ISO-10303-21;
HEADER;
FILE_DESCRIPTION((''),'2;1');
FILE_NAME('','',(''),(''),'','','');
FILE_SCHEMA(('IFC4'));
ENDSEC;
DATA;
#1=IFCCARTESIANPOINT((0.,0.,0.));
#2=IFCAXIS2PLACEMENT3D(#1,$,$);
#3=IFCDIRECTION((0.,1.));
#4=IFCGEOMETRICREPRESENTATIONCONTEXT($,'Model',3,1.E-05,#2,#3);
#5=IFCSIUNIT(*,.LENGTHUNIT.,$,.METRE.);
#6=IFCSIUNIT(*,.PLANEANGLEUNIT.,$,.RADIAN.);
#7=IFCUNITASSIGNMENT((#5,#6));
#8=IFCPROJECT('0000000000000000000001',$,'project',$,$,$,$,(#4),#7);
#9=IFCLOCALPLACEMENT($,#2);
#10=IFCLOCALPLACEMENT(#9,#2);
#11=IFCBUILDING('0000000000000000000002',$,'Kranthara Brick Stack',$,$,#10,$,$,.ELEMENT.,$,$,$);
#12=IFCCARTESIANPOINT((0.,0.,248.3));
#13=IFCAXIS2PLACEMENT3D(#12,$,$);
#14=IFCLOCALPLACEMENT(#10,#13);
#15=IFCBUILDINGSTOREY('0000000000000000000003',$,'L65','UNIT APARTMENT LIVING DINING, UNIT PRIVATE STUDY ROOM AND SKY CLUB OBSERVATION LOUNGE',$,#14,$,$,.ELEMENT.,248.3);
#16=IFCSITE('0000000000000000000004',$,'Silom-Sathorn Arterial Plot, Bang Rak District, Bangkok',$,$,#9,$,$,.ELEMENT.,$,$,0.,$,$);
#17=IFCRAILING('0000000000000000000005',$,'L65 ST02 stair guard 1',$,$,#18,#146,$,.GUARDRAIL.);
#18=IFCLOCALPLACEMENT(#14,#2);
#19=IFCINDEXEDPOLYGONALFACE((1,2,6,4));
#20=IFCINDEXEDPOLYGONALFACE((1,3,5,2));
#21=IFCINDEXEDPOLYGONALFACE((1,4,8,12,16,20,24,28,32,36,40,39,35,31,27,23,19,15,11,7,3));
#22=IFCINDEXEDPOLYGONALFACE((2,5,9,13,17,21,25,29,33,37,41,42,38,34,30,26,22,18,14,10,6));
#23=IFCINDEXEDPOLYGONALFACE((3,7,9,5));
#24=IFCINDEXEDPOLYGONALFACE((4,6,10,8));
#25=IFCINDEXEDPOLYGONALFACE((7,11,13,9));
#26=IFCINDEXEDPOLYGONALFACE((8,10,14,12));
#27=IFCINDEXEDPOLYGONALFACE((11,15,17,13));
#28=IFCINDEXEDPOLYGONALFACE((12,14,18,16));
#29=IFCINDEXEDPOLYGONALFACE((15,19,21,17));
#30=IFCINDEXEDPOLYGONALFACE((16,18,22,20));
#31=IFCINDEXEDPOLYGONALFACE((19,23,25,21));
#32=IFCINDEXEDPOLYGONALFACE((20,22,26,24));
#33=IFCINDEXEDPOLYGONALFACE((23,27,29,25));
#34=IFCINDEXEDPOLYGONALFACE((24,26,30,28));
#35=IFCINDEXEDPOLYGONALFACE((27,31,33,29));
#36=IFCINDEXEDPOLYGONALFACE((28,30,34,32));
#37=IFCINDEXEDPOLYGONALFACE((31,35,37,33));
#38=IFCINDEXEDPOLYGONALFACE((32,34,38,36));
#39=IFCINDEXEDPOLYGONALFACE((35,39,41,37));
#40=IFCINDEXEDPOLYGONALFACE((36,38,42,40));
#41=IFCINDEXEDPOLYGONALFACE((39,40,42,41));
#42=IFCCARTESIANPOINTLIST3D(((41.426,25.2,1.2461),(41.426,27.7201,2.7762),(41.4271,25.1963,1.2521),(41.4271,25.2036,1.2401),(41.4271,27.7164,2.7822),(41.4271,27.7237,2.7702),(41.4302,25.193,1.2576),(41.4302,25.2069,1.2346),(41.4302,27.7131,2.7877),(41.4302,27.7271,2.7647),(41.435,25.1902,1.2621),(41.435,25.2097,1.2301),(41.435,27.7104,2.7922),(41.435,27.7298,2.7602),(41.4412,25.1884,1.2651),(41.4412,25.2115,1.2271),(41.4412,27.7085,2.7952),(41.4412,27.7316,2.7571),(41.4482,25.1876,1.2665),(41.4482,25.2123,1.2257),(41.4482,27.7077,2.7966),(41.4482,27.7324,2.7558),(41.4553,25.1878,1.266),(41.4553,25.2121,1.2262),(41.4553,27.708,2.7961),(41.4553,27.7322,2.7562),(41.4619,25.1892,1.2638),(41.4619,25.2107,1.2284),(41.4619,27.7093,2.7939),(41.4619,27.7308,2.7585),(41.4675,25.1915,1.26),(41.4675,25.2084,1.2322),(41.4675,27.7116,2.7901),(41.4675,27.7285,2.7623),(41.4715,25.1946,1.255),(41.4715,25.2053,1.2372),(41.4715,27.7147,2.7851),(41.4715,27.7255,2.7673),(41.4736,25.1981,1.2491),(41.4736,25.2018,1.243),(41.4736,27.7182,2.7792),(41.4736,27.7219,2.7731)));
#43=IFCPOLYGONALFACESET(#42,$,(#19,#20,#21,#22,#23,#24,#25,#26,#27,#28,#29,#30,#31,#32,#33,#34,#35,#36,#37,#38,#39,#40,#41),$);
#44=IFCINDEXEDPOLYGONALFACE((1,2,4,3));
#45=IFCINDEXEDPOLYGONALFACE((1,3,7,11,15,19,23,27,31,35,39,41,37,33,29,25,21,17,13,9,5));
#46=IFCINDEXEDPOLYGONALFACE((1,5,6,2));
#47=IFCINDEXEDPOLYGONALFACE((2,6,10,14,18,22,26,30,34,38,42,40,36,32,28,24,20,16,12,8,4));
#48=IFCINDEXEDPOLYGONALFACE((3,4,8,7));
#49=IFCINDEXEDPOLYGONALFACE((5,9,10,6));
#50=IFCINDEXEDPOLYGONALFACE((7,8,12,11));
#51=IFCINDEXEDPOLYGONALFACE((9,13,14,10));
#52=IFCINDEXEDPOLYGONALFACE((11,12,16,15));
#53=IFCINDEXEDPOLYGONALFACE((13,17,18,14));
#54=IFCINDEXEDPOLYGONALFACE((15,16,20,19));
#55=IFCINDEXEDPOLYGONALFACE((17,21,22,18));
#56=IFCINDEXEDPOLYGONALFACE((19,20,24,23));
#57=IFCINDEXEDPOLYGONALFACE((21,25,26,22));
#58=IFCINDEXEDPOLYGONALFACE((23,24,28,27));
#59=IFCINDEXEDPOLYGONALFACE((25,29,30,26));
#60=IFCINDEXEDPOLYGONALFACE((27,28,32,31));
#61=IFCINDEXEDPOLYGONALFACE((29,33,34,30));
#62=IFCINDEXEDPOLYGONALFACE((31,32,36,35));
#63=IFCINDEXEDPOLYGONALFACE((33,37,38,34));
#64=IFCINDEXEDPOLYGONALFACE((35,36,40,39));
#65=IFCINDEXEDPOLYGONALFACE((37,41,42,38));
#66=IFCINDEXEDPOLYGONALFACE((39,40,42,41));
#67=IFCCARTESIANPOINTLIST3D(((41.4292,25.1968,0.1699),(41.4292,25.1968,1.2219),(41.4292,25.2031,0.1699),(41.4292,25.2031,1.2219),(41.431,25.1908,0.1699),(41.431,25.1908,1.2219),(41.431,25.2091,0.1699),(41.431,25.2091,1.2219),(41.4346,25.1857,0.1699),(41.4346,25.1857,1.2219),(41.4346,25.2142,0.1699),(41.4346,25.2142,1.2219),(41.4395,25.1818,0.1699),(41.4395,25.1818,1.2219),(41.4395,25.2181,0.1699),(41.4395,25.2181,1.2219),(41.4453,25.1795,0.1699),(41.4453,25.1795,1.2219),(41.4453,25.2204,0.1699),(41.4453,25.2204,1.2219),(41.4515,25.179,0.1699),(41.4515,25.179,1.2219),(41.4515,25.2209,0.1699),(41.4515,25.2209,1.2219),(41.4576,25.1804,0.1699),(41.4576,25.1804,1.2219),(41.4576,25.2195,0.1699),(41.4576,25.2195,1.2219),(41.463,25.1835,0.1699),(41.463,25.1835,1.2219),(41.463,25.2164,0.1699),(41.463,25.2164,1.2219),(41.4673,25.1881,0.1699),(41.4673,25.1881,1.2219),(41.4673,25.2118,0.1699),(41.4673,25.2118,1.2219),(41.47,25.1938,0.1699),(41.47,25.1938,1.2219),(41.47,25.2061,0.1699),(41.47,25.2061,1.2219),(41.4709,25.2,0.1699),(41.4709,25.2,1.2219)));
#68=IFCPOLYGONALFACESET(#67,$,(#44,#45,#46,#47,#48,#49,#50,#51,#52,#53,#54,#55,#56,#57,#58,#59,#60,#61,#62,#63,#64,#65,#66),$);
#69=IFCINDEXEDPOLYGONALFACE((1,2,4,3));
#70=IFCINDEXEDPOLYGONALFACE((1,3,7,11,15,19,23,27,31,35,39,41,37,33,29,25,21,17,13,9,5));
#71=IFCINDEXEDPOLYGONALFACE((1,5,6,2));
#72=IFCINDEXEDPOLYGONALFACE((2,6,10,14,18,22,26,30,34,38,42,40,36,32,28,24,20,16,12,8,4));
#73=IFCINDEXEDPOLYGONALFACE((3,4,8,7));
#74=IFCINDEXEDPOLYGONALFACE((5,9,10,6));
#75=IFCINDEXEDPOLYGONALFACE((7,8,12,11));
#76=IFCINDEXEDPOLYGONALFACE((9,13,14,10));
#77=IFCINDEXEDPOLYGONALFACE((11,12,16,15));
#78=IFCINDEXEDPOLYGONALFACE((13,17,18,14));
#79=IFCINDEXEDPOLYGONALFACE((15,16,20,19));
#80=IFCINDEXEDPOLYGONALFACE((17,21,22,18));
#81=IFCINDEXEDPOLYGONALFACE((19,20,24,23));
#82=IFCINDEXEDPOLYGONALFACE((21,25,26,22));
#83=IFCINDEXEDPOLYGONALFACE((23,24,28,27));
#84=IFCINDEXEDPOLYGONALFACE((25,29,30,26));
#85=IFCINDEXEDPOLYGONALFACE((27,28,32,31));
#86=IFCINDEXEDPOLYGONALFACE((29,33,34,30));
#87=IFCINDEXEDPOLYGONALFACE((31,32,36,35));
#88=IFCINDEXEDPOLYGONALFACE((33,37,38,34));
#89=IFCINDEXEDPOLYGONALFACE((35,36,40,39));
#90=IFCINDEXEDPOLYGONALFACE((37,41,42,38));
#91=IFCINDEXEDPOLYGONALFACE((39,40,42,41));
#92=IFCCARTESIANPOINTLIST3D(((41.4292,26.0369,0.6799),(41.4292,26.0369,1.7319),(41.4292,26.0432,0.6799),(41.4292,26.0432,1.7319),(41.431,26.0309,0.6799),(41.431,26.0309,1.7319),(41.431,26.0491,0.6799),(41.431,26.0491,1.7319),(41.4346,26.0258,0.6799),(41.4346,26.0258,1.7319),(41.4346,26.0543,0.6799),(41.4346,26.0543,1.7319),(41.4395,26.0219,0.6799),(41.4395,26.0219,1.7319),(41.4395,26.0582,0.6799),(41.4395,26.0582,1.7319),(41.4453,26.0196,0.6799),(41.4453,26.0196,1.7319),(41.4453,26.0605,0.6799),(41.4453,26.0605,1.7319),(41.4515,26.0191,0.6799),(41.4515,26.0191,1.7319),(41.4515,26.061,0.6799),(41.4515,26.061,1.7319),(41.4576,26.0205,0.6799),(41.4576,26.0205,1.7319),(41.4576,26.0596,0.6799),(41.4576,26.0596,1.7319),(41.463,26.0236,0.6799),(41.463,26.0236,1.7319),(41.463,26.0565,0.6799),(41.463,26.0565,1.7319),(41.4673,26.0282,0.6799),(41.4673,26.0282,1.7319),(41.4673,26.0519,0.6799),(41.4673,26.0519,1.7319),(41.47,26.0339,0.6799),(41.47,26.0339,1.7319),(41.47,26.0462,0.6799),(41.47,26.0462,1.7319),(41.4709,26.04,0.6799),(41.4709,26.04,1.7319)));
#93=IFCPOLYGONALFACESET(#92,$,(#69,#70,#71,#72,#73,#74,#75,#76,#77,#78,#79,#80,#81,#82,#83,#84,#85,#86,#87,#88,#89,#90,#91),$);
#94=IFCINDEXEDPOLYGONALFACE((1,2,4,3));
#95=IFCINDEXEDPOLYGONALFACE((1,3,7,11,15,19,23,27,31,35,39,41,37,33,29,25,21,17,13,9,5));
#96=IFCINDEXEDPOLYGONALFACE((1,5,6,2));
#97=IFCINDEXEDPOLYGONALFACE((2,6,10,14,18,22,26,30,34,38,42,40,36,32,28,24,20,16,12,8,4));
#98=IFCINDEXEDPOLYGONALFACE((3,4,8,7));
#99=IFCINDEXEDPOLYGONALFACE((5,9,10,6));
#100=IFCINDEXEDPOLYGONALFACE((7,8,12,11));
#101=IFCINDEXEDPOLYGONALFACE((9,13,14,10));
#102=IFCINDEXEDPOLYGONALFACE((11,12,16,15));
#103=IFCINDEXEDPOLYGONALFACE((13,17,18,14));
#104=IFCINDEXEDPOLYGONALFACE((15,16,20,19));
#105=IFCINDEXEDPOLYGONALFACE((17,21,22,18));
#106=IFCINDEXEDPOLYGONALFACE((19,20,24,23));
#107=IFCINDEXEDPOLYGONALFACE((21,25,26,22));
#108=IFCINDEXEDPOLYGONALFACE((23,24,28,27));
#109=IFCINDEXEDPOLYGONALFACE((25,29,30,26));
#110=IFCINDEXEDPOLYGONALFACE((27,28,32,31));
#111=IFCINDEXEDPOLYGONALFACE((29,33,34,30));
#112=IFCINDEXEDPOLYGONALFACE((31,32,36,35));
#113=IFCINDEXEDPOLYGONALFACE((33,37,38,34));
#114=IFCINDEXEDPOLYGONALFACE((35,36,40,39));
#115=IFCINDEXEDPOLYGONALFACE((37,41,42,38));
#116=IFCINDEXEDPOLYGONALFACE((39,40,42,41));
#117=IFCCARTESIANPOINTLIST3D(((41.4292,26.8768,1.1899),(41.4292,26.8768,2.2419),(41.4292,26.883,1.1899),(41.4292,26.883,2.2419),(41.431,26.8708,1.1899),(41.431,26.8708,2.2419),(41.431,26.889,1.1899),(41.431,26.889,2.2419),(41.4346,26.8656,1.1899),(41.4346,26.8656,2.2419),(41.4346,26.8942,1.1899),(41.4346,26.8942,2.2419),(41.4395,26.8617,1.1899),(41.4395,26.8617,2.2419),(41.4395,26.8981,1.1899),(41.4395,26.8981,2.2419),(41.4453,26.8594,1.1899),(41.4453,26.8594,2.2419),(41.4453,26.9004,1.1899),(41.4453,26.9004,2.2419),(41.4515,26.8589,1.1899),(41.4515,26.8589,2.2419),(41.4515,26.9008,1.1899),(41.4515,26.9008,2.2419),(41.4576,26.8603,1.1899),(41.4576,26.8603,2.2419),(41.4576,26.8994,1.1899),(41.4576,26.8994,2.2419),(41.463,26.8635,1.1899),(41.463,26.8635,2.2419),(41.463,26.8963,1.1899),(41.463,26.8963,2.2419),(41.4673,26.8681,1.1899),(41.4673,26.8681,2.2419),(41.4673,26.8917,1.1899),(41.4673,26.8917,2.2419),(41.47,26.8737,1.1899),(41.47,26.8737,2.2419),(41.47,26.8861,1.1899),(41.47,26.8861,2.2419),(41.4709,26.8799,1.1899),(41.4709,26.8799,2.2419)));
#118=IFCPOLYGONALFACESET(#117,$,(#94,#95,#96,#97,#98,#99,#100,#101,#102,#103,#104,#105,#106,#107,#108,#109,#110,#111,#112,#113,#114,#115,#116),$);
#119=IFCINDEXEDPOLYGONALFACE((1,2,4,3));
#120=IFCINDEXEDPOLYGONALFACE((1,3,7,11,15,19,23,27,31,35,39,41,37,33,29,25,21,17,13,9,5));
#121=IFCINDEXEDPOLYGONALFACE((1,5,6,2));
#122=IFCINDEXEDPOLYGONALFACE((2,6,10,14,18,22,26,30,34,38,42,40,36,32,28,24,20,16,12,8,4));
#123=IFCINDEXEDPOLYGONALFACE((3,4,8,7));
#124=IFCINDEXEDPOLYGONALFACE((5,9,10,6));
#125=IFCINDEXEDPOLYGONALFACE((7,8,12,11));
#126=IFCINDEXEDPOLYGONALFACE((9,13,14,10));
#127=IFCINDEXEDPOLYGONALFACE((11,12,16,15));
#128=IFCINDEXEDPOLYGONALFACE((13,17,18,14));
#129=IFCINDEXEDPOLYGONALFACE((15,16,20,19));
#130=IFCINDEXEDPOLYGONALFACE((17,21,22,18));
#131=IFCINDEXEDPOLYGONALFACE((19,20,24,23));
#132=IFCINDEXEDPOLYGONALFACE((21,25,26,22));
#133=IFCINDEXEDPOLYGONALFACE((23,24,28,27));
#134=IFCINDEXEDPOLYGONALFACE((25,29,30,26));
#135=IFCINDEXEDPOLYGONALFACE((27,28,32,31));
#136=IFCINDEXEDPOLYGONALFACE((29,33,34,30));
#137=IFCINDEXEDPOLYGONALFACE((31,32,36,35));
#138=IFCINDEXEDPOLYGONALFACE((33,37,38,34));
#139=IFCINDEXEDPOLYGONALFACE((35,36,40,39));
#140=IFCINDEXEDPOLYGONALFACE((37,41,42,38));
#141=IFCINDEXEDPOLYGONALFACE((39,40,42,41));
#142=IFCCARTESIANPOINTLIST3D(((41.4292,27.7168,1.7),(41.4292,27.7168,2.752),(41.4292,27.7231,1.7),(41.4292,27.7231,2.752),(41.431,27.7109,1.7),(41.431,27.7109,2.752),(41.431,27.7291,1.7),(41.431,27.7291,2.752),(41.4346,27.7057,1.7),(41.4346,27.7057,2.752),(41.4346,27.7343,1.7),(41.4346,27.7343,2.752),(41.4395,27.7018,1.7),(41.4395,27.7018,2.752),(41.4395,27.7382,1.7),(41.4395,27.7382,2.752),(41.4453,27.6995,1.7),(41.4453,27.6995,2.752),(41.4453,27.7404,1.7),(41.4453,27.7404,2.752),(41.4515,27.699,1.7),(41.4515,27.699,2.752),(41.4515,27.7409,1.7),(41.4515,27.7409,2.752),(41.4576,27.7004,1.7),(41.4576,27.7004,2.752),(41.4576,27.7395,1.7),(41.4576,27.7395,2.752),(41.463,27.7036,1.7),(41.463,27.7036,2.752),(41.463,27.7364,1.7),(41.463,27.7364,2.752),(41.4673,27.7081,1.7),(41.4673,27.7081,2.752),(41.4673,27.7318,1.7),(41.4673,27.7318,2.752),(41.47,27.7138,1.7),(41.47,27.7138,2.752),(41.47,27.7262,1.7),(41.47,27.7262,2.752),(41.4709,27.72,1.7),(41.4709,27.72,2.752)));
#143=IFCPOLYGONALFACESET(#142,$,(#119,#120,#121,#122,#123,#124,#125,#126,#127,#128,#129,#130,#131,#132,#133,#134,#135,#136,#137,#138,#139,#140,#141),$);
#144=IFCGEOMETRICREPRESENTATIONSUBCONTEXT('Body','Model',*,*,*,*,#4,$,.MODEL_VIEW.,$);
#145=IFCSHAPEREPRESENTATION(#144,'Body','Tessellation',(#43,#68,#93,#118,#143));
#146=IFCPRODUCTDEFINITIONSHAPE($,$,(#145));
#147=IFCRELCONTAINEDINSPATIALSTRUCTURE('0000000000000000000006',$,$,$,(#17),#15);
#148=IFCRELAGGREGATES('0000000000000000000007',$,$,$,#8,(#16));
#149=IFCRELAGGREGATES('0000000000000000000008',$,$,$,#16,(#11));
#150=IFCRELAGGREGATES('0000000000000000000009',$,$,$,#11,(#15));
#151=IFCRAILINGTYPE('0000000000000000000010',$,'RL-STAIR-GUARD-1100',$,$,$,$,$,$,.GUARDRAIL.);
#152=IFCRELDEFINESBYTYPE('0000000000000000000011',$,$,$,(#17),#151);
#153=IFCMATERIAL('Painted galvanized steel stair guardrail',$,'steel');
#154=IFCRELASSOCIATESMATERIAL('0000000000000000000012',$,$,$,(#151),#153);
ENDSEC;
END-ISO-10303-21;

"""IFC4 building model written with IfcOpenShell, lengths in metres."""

from ifc_helpers import new_model, si_unit, direction, frame, origin, origin_2d, place, context, subcontext, project, spatial, circle, extrude, material, type_object, element, save


model = new_model("IFC4")

# Units and contexts
model_context = context("Model", 3, precision=1e-05, world=origin(), true_north=direction((0.0, 1.0)))
body_context = subcontext(model_context, "Body", "Model", "MODEL_VIEW")
ifc_project = project(units=[si_unit("LENGTHUNIT", "METRE"), si_unit("PLANEANGLEUNIT", "RADIAN")], contexts=[model_context])

# Site, building, storey
site_placement = place(None, origin())
site = spatial("IfcSite", under=ifc_project, at=site_placement, Name="Silom-Sathorn Arterial Plot, Bang Rak District, Bangkok", CompositionType="ELEMENT", RefElevation=0.0)
building_placement = place(site_placement, origin())
building = spatial("IfcBuilding", under=site, at=building_placement, Name="Kranthara Brick Stack", CompositionType="ELEMENT")
storey_placement = place(building_placement, frame((0.0, 0.0, 248.3)))
storey = spatial("IfcBuildingStorey", under=building, at=storey_placement, Name="L65", Description="UNIT APARTMENT LIVING DINING, UNIT PRIVATE STUDY ROOM AND SKY CLUB OBSERVATION LOUNGE", CompositionType="ELEMENT", Elevation=248.3)

# Railing
ifc_material_1 = material(Name="Painted galvanized steel stair guardrail", Category="steel")
railing_type = type_object("IfcRailingType", Name="RL-STAIR-GUARD-1100", PredefinedType="GUARDRAIL", material=ifc_material_1)
railing_1_placement = place(storey_placement, frame((41.45, 25.2, 0.1699)))
element("IfcRailing", 1, at=railing_1_placement, inside=storey, type_object=railing_type, Name="L65 ST02 stair guard 1", PredefinedType="GUARDRAIL", context=body_context, shape_type="SweptSolid", body=[
    extrude(circle(Radius=0.0239, at=origin_2d()), frame((0.0, 0.0, 1.0762), z_axis=(0.0, 0.854785, 0.518982), x_axis=(-1.0, 0.0, 0.0)), (0.0, 0.0, 1.0), 2.9482),
    extrude(circle(Radius=0.021, at=origin_2d()), origin(), (0.0, 0.0, 1.0), 1.052),
    extrude(circle(Radius=0.021, at=origin_2d()), frame((0.0, 0.8401, 0.51)), (0.0, 0.0, 1.0), 1.052),
    extrude(circle(Radius=0.021, at=origin_2d()), frame((0.0, 1.6799, 1.02)), (0.0, 0.0, 1.0), 1.052),
    extrude(circle(Radius=0.021, at=origin_2d()), frame((0.0, 2.52, 1.53)), (0.0, 0.0, 1.0), 1.052),
])

save(model, "model.ifc")
